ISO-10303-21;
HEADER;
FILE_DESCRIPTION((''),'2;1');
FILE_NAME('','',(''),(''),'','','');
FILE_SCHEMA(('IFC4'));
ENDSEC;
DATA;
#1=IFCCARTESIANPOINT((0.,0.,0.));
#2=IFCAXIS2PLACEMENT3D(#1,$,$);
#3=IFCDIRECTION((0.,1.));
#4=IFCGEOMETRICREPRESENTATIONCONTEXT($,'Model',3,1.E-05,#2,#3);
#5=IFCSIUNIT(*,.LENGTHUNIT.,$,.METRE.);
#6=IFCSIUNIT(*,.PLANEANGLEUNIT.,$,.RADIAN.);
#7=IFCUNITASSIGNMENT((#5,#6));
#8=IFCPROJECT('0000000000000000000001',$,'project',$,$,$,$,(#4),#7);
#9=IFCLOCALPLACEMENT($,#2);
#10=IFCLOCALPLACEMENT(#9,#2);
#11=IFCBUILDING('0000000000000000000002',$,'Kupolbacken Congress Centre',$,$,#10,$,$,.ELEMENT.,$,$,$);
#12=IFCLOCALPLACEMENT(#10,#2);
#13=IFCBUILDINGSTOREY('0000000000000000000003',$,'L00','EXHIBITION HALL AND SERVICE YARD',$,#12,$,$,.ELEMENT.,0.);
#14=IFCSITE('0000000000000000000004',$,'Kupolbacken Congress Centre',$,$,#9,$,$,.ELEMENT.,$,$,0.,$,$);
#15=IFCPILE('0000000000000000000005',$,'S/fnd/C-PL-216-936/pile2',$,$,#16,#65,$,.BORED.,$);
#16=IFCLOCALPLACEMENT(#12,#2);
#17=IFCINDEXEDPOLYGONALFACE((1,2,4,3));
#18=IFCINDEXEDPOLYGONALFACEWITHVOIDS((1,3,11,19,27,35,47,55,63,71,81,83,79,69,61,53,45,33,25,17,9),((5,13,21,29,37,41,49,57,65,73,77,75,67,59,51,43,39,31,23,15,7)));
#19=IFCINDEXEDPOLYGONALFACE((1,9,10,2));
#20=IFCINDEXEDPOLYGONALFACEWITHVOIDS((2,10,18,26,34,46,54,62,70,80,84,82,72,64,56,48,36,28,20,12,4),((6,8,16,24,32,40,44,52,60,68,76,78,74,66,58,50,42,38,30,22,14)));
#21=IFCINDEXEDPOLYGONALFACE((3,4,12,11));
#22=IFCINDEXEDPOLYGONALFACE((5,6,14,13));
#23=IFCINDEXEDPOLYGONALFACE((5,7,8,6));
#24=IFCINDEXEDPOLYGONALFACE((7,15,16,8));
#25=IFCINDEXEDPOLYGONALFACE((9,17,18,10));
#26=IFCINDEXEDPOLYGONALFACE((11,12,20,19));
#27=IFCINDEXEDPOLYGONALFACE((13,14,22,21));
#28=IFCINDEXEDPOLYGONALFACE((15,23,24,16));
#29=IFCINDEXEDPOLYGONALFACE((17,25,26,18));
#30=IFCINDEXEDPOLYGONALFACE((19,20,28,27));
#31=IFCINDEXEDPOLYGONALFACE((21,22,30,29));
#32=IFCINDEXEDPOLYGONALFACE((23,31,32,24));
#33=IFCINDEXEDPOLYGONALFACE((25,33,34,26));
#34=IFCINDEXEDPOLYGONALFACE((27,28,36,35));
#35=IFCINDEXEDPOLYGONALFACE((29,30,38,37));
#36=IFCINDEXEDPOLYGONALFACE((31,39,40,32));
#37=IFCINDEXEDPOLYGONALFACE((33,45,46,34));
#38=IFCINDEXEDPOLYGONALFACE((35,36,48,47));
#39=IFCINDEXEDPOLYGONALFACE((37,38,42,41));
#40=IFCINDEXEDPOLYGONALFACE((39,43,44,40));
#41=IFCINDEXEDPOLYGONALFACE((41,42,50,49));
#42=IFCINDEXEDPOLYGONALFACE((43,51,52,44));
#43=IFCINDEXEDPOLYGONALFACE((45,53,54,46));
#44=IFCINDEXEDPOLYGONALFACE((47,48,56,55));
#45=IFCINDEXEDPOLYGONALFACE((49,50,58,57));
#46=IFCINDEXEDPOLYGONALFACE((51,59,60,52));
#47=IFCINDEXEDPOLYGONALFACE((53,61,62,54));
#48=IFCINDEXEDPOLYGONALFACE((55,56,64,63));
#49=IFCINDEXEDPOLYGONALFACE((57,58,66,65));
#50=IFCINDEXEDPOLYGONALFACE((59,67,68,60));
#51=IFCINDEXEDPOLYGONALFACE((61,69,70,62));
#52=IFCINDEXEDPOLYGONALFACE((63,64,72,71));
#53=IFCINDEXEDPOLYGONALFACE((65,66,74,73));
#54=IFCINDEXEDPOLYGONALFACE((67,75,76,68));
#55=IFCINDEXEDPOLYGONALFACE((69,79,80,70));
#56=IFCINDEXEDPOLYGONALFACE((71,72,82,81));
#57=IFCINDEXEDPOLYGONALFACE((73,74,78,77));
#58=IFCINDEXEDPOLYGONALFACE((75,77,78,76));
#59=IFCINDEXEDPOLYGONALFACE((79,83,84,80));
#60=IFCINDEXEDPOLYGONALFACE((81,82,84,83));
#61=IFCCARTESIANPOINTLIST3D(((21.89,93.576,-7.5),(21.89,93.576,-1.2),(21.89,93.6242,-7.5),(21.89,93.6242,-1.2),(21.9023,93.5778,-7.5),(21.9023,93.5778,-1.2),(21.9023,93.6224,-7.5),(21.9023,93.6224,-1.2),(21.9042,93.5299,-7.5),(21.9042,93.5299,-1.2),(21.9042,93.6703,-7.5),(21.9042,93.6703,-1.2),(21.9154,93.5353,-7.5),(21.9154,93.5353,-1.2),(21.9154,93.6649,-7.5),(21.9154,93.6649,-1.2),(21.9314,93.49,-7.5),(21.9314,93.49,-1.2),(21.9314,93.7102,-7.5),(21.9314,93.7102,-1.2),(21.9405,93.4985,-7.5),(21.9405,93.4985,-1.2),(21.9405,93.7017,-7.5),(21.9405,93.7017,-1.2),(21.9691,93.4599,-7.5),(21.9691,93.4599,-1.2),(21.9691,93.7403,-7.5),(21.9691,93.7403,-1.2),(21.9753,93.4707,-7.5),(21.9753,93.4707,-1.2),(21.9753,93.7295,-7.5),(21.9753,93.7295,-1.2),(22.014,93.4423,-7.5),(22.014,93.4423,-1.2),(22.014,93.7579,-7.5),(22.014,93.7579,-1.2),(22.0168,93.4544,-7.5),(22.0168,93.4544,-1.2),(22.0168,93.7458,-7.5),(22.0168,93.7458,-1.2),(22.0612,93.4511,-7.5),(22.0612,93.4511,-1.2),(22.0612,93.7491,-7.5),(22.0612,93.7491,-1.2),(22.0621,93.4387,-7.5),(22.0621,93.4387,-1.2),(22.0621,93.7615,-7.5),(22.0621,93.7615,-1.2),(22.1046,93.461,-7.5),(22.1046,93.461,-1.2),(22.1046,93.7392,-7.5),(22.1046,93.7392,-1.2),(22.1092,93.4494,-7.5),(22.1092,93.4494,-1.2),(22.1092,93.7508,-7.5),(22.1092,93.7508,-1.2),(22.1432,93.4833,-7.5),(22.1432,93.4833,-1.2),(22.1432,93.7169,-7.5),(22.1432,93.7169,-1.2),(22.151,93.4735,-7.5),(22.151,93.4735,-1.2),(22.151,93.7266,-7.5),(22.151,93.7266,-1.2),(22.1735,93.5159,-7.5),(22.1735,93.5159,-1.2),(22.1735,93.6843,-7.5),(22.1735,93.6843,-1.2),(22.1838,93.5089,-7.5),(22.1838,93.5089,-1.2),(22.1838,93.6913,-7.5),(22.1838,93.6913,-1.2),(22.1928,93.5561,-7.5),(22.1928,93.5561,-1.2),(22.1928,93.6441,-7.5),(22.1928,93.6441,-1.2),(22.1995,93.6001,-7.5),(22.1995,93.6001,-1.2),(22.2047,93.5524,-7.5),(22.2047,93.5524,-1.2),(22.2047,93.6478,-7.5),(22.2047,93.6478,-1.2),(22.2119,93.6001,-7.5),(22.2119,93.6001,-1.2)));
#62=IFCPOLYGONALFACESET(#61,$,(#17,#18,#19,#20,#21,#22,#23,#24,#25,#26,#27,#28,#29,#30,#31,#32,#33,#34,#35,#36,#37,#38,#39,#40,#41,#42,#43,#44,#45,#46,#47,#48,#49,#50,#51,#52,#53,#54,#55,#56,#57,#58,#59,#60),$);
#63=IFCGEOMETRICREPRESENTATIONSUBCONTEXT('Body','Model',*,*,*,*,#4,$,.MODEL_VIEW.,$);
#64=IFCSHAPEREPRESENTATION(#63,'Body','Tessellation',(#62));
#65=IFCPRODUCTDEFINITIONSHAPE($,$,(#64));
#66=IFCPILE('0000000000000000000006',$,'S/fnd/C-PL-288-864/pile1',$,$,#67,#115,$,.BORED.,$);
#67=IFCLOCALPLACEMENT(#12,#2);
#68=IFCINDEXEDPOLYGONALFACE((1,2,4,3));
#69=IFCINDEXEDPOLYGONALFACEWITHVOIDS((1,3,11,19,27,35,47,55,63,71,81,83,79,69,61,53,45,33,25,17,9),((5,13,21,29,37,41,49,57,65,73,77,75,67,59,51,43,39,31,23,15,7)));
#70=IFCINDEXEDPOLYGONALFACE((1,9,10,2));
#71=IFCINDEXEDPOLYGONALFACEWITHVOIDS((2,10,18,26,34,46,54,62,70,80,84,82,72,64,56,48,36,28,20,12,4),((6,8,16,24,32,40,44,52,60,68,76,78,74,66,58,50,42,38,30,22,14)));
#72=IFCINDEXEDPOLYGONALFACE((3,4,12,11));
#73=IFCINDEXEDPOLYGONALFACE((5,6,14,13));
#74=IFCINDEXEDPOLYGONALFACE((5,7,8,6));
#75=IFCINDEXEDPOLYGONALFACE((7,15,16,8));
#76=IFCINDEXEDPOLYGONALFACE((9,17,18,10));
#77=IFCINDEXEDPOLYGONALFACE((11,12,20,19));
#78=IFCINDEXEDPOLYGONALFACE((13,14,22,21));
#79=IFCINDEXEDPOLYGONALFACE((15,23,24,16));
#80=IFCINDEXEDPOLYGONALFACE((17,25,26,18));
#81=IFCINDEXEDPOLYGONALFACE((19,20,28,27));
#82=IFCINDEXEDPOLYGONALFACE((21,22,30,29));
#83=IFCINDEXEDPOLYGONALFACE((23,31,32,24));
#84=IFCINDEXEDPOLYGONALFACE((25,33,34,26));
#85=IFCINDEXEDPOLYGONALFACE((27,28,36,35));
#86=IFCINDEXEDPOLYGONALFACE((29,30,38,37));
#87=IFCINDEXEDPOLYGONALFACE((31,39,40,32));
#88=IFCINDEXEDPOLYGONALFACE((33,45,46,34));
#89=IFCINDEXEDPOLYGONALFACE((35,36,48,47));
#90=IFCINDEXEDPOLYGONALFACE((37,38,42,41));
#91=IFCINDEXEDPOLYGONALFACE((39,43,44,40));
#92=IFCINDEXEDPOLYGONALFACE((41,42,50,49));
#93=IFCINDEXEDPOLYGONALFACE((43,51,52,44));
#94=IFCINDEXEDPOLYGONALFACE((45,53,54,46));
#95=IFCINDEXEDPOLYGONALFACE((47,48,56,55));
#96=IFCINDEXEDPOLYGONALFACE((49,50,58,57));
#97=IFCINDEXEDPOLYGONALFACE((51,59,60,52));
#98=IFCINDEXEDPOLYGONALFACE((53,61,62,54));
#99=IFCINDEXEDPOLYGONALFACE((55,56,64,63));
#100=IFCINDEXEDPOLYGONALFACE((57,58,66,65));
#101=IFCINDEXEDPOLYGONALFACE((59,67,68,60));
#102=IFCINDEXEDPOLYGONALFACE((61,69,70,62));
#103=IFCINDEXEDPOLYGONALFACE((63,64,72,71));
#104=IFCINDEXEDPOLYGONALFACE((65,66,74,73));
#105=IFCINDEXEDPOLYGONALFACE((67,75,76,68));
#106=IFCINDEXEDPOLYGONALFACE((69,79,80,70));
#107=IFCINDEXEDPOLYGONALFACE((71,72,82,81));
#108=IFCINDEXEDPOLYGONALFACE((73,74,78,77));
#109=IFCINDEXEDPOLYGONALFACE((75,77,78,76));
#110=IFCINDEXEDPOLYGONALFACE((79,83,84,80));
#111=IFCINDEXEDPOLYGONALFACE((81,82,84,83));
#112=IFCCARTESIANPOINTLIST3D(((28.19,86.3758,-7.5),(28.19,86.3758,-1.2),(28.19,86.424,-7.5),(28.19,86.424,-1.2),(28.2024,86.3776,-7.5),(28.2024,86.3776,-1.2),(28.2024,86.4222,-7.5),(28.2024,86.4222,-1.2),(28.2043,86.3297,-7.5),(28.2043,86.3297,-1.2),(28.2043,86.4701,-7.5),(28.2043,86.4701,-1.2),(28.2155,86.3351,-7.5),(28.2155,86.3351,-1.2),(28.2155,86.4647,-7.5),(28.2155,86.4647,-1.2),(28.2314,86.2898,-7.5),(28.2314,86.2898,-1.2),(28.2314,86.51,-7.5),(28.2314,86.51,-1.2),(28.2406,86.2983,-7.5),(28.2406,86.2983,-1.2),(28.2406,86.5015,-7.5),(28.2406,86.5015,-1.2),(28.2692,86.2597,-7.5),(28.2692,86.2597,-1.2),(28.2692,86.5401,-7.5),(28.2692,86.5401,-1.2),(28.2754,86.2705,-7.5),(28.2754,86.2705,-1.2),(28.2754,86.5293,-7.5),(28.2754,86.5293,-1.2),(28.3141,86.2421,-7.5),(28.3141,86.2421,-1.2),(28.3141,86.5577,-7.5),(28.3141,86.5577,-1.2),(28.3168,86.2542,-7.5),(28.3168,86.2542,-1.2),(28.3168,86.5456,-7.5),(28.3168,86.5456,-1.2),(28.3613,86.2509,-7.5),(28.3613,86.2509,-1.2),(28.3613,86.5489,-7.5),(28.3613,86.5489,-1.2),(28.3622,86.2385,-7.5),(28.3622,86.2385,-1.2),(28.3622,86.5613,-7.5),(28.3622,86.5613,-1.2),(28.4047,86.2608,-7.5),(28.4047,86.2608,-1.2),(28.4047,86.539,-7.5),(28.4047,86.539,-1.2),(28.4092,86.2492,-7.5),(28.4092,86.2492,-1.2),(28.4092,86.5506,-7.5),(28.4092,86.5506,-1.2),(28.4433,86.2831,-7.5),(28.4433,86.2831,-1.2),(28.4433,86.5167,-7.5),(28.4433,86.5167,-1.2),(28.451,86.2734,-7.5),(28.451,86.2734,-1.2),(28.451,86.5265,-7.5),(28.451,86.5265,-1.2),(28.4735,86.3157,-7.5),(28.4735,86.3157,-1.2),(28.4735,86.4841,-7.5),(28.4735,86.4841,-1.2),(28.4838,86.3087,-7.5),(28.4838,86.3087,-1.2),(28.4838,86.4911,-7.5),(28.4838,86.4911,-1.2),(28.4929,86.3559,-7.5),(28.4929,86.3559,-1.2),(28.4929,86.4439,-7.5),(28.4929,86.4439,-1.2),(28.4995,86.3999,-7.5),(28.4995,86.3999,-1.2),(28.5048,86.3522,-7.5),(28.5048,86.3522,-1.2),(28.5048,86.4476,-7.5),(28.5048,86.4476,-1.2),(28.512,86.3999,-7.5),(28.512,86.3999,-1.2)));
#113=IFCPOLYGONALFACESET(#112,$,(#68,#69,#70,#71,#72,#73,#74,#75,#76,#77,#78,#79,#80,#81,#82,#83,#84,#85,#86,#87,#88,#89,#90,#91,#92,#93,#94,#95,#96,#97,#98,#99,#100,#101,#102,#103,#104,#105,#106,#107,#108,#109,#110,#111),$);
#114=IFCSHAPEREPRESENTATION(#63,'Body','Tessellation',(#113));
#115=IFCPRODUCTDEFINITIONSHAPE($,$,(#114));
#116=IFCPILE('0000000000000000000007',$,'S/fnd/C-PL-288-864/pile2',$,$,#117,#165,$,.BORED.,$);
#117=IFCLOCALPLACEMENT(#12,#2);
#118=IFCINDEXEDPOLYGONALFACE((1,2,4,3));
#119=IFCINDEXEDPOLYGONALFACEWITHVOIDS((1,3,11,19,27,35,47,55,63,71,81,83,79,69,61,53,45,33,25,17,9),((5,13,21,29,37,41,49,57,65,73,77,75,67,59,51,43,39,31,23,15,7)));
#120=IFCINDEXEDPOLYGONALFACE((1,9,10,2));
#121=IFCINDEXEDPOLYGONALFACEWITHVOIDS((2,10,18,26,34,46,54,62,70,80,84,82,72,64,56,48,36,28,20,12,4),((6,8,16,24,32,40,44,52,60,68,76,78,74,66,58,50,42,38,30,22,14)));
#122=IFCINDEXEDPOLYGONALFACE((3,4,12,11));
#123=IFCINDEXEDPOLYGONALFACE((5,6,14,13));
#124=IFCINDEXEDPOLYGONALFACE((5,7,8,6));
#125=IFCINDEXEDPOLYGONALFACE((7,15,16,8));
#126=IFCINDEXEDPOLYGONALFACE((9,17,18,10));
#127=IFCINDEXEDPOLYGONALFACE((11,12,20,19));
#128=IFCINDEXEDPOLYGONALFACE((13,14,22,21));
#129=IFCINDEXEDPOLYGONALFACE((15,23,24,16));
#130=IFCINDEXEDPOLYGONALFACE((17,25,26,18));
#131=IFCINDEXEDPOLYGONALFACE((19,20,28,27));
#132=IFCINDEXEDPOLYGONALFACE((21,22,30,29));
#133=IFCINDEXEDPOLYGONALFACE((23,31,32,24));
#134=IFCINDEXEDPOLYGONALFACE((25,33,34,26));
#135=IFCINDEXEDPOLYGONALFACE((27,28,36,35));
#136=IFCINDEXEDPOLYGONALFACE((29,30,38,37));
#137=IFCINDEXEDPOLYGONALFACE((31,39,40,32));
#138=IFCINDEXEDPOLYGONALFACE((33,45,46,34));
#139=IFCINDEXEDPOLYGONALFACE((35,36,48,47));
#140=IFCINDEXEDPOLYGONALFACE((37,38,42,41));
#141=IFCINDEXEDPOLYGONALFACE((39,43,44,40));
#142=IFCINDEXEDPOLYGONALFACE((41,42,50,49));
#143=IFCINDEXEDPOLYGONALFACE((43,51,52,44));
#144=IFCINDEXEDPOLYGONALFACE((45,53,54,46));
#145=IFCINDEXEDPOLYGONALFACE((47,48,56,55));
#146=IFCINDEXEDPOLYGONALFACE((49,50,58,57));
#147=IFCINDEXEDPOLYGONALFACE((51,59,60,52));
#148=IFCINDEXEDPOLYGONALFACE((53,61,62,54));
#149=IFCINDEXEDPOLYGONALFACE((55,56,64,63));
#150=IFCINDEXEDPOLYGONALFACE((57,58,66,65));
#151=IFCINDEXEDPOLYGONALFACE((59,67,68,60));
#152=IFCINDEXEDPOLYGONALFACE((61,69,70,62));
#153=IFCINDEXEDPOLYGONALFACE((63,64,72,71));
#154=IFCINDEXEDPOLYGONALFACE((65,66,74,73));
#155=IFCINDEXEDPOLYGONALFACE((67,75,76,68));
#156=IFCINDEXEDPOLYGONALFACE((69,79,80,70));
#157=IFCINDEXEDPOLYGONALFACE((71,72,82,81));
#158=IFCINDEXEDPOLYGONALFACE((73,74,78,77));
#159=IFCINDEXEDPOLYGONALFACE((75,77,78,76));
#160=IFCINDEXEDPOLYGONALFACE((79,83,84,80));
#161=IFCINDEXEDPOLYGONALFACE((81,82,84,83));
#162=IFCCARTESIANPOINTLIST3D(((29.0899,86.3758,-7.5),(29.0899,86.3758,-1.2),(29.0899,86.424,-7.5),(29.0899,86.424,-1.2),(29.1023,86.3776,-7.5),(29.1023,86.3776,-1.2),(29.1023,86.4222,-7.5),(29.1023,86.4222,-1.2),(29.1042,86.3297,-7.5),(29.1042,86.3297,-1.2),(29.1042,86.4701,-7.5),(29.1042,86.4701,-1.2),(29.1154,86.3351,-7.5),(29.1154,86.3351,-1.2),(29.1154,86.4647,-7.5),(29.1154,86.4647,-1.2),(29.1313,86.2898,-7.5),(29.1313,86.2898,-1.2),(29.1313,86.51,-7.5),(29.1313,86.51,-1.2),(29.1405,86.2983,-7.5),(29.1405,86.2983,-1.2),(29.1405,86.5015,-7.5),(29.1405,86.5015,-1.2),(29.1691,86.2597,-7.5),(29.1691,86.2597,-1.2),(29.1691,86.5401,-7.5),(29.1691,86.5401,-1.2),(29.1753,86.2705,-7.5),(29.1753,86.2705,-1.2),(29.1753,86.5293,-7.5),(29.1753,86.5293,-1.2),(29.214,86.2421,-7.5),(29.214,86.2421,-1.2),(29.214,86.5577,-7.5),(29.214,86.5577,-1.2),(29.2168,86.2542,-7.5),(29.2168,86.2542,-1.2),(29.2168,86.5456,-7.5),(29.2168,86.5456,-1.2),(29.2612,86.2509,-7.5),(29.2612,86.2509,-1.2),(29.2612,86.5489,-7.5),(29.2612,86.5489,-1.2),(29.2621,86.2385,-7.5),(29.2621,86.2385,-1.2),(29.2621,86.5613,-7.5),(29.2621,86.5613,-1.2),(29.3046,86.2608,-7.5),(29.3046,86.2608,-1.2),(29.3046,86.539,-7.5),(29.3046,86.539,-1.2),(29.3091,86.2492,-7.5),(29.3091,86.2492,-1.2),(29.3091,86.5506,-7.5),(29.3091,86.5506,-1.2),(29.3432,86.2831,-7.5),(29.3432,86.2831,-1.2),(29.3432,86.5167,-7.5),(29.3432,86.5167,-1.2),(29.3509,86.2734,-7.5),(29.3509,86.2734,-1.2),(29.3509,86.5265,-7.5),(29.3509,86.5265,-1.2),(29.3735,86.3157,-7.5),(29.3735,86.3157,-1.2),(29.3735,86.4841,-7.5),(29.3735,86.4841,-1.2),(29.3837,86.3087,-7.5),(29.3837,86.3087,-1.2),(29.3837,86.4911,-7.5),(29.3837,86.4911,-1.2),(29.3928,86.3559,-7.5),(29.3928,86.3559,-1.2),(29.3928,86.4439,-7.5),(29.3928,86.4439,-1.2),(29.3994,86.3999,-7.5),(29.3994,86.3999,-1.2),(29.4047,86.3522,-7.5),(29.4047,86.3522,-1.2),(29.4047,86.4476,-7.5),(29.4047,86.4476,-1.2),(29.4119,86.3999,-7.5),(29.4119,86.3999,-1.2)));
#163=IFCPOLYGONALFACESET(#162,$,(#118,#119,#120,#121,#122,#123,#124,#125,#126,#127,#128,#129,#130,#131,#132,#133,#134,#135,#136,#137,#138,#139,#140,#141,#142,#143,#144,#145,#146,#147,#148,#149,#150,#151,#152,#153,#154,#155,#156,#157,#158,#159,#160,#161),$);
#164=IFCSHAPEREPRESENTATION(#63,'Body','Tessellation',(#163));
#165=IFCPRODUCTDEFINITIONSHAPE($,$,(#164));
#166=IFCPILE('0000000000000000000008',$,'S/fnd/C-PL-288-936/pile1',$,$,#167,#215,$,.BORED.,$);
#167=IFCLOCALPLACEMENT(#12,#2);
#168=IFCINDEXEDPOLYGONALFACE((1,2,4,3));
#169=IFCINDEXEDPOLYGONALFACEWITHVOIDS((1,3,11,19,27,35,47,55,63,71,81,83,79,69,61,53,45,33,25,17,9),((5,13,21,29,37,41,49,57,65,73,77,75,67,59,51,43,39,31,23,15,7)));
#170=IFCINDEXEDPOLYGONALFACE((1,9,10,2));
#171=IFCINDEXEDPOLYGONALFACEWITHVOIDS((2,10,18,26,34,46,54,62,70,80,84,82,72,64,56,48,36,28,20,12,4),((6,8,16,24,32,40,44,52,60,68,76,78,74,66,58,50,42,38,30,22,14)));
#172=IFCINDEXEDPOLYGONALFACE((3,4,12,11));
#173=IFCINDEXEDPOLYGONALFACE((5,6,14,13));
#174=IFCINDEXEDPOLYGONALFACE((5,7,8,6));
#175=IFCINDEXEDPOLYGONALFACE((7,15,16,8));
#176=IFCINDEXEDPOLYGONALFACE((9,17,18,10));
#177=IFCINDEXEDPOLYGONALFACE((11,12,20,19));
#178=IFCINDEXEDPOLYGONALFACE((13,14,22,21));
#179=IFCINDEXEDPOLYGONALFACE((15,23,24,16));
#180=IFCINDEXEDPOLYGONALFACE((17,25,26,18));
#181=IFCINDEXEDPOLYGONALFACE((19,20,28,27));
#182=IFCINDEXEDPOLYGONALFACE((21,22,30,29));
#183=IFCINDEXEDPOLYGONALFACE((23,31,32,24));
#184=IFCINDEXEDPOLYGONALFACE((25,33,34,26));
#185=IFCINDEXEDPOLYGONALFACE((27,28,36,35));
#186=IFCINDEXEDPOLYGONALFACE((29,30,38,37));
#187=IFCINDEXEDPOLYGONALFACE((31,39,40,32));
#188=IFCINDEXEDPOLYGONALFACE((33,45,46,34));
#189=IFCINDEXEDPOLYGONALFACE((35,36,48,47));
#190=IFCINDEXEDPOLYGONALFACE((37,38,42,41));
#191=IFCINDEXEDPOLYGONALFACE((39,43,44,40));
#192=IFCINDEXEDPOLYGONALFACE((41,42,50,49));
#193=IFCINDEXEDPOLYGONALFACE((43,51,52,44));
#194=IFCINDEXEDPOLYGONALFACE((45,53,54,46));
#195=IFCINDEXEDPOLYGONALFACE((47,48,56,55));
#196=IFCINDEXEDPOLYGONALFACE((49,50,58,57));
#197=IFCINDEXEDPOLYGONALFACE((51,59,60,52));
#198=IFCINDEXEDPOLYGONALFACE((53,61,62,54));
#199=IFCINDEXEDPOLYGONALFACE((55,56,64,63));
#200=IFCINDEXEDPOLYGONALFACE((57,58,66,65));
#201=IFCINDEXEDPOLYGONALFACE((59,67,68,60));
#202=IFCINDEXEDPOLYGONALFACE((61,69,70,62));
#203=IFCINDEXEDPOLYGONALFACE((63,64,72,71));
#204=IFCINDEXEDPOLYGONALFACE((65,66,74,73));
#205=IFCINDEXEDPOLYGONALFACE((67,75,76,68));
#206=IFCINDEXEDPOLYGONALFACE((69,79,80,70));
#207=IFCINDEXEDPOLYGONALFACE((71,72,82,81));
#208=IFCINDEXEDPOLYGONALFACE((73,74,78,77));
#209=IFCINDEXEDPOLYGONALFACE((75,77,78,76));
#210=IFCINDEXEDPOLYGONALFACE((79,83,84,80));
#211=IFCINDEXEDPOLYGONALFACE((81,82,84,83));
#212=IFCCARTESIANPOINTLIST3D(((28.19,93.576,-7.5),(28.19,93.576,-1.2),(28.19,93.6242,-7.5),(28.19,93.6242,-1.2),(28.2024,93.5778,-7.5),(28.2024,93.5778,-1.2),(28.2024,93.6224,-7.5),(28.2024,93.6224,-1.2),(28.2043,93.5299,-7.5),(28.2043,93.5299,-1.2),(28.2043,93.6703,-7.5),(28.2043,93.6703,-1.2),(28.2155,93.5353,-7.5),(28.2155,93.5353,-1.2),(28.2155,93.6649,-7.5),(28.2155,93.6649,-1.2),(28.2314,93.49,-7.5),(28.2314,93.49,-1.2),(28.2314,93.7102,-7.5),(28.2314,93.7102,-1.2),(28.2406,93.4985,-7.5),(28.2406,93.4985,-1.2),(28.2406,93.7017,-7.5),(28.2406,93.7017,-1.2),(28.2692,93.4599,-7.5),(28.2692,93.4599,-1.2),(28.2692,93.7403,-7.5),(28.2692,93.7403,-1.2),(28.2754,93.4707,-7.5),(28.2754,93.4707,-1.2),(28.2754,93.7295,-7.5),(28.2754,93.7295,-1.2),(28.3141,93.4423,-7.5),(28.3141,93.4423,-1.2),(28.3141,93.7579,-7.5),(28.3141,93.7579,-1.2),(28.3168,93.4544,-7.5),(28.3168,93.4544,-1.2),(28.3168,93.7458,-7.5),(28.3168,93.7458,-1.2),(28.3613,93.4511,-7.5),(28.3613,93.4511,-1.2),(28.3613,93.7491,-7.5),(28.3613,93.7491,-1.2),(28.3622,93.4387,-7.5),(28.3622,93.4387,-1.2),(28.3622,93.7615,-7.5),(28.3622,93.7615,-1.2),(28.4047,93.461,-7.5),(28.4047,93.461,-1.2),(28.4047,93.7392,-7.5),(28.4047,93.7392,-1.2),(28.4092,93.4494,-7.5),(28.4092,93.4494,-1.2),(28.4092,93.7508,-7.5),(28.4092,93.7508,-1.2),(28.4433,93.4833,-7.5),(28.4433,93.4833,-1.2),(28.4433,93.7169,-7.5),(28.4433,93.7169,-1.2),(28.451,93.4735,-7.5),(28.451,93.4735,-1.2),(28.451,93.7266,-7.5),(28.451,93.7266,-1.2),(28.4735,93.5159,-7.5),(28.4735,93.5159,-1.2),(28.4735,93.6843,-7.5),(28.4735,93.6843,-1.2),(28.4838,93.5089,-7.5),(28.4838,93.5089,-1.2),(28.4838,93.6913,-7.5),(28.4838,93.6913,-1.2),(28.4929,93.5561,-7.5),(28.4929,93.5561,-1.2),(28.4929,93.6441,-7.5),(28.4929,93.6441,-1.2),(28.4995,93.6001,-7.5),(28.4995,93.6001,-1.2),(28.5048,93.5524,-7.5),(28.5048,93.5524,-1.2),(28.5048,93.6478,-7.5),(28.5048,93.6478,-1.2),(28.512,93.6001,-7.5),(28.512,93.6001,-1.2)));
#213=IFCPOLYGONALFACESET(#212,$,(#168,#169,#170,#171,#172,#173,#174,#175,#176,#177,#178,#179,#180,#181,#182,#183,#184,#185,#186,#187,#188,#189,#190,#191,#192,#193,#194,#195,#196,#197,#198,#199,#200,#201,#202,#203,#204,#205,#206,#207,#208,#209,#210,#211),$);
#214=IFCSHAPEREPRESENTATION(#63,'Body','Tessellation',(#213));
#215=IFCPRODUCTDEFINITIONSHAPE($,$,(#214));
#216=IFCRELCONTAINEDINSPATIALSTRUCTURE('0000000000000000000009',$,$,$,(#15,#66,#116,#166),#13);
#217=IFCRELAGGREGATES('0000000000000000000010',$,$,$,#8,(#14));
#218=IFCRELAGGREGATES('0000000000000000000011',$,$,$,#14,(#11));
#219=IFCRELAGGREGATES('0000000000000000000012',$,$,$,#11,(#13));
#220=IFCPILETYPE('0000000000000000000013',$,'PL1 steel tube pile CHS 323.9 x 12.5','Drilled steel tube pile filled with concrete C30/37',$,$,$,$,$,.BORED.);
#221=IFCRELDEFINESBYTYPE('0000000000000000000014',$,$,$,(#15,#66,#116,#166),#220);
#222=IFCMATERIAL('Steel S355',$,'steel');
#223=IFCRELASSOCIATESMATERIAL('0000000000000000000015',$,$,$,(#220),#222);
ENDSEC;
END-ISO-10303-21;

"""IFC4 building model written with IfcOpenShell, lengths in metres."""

from ifc_helpers import new_model, si_unit, direction, frame, origin, origin_2d, place, context, subcontext, project, spatial, hollow_circle, extrude, material, material_profile, profile_set, type_object, element, save


model = new_model("IFC4")

# Units and contexts
model_context = context("Model", 3, precision=1e-05, world=origin(), true_north=direction((0.0, 1.0)))
body_context = subcontext(model_context, "Body", "Model", "MODEL_VIEW")
ifc_project = project(units=[si_unit("LENGTHUNIT", "METRE"), si_unit("PLANEANGLEUNIT", "RADIAN")], contexts=[model_context])

# Site, building, storey
site_placement = place(None, origin())
site = spatial("IfcSite", under=ifc_project, at=site_placement, Name="Kupolbacken Congress Centre", CompositionType="ELEMENT", RefElevation=0.0)
building_placement = place(site_placement, origin())
building = spatial("IfcBuilding", under=site, at=building_placement, Name="Kupolbacken Congress Centre", CompositionType="ELEMENT")
storey_placement = place(building_placement, origin())
storey = spatial("IfcBuildingStorey", under=building, at=storey_placement, Name="L00", Description="EXHIBITION HALL AND SERVICE YARD", CompositionType="ELEMENT", Elevation=0.0)

# Piles
ifc_material_1 = material(Name="Steel S355", Category="steel")
ifc_material_profile_1 = material_profile(ifc_material_1, hollow_circle(Radius=0.1619, WallThickness=0.0125, at=origin_2d()), Name="CHS 323.9 x 12.5")
ifc_profile_set_1 = profile_set([ifc_material_profile_1], Name="Steel S355")
pile_type = type_object("IfcPileType", Name="PL1 steel tube pile CHS 323.9 x 12.5", Description="Drilled steel tube pile filled with concrete C30/37", PredefinedType="BORED", material=ifc_profile_set_1)
for number, where, z_axis, x_axis, name in (
    (1, (22.05, 93.6001, -1.2), (0.0, 0.0, -1.0), (1.0, 0.0, 0.0), "S/fnd/C-PL-216-936/pile2"),
    (2, (28.3501, 86.3999, -1.2), (0.0, 0.0, -1.0), (1.0, 0.0, 0.0), "S/fnd/C-PL-288-864/pile1"),
    (3, (29.25, 86.3999, -1.2), (0.0, 0.0, -1.0), (1.0, 0.0, 0.0), "S/fnd/C-PL-288-864/pile2"),
    (4, (28.3501, 93.6001, -1.2), (0.0, 0.0, -1.0), (1.0, 0.0, 0.0), "S/fnd/C-PL-288-936/pile1"),
):
    element("IfcPile", number, at=place(storey_placement, frame(where, z_axis=z_axis, x_axis=x_axis)), inside=storey, type_object=pile_type, Name=name, PredefinedType="BORED", context=body_context, shape_type="SweptSolid", body=[
        extrude(hollow_circle(Radius=0.1619, WallThickness=0.0125, at=origin_2d()), origin(), (0.0, 0.0, 1.0), 6.3),
    ])

save(model, "model.ifc")
